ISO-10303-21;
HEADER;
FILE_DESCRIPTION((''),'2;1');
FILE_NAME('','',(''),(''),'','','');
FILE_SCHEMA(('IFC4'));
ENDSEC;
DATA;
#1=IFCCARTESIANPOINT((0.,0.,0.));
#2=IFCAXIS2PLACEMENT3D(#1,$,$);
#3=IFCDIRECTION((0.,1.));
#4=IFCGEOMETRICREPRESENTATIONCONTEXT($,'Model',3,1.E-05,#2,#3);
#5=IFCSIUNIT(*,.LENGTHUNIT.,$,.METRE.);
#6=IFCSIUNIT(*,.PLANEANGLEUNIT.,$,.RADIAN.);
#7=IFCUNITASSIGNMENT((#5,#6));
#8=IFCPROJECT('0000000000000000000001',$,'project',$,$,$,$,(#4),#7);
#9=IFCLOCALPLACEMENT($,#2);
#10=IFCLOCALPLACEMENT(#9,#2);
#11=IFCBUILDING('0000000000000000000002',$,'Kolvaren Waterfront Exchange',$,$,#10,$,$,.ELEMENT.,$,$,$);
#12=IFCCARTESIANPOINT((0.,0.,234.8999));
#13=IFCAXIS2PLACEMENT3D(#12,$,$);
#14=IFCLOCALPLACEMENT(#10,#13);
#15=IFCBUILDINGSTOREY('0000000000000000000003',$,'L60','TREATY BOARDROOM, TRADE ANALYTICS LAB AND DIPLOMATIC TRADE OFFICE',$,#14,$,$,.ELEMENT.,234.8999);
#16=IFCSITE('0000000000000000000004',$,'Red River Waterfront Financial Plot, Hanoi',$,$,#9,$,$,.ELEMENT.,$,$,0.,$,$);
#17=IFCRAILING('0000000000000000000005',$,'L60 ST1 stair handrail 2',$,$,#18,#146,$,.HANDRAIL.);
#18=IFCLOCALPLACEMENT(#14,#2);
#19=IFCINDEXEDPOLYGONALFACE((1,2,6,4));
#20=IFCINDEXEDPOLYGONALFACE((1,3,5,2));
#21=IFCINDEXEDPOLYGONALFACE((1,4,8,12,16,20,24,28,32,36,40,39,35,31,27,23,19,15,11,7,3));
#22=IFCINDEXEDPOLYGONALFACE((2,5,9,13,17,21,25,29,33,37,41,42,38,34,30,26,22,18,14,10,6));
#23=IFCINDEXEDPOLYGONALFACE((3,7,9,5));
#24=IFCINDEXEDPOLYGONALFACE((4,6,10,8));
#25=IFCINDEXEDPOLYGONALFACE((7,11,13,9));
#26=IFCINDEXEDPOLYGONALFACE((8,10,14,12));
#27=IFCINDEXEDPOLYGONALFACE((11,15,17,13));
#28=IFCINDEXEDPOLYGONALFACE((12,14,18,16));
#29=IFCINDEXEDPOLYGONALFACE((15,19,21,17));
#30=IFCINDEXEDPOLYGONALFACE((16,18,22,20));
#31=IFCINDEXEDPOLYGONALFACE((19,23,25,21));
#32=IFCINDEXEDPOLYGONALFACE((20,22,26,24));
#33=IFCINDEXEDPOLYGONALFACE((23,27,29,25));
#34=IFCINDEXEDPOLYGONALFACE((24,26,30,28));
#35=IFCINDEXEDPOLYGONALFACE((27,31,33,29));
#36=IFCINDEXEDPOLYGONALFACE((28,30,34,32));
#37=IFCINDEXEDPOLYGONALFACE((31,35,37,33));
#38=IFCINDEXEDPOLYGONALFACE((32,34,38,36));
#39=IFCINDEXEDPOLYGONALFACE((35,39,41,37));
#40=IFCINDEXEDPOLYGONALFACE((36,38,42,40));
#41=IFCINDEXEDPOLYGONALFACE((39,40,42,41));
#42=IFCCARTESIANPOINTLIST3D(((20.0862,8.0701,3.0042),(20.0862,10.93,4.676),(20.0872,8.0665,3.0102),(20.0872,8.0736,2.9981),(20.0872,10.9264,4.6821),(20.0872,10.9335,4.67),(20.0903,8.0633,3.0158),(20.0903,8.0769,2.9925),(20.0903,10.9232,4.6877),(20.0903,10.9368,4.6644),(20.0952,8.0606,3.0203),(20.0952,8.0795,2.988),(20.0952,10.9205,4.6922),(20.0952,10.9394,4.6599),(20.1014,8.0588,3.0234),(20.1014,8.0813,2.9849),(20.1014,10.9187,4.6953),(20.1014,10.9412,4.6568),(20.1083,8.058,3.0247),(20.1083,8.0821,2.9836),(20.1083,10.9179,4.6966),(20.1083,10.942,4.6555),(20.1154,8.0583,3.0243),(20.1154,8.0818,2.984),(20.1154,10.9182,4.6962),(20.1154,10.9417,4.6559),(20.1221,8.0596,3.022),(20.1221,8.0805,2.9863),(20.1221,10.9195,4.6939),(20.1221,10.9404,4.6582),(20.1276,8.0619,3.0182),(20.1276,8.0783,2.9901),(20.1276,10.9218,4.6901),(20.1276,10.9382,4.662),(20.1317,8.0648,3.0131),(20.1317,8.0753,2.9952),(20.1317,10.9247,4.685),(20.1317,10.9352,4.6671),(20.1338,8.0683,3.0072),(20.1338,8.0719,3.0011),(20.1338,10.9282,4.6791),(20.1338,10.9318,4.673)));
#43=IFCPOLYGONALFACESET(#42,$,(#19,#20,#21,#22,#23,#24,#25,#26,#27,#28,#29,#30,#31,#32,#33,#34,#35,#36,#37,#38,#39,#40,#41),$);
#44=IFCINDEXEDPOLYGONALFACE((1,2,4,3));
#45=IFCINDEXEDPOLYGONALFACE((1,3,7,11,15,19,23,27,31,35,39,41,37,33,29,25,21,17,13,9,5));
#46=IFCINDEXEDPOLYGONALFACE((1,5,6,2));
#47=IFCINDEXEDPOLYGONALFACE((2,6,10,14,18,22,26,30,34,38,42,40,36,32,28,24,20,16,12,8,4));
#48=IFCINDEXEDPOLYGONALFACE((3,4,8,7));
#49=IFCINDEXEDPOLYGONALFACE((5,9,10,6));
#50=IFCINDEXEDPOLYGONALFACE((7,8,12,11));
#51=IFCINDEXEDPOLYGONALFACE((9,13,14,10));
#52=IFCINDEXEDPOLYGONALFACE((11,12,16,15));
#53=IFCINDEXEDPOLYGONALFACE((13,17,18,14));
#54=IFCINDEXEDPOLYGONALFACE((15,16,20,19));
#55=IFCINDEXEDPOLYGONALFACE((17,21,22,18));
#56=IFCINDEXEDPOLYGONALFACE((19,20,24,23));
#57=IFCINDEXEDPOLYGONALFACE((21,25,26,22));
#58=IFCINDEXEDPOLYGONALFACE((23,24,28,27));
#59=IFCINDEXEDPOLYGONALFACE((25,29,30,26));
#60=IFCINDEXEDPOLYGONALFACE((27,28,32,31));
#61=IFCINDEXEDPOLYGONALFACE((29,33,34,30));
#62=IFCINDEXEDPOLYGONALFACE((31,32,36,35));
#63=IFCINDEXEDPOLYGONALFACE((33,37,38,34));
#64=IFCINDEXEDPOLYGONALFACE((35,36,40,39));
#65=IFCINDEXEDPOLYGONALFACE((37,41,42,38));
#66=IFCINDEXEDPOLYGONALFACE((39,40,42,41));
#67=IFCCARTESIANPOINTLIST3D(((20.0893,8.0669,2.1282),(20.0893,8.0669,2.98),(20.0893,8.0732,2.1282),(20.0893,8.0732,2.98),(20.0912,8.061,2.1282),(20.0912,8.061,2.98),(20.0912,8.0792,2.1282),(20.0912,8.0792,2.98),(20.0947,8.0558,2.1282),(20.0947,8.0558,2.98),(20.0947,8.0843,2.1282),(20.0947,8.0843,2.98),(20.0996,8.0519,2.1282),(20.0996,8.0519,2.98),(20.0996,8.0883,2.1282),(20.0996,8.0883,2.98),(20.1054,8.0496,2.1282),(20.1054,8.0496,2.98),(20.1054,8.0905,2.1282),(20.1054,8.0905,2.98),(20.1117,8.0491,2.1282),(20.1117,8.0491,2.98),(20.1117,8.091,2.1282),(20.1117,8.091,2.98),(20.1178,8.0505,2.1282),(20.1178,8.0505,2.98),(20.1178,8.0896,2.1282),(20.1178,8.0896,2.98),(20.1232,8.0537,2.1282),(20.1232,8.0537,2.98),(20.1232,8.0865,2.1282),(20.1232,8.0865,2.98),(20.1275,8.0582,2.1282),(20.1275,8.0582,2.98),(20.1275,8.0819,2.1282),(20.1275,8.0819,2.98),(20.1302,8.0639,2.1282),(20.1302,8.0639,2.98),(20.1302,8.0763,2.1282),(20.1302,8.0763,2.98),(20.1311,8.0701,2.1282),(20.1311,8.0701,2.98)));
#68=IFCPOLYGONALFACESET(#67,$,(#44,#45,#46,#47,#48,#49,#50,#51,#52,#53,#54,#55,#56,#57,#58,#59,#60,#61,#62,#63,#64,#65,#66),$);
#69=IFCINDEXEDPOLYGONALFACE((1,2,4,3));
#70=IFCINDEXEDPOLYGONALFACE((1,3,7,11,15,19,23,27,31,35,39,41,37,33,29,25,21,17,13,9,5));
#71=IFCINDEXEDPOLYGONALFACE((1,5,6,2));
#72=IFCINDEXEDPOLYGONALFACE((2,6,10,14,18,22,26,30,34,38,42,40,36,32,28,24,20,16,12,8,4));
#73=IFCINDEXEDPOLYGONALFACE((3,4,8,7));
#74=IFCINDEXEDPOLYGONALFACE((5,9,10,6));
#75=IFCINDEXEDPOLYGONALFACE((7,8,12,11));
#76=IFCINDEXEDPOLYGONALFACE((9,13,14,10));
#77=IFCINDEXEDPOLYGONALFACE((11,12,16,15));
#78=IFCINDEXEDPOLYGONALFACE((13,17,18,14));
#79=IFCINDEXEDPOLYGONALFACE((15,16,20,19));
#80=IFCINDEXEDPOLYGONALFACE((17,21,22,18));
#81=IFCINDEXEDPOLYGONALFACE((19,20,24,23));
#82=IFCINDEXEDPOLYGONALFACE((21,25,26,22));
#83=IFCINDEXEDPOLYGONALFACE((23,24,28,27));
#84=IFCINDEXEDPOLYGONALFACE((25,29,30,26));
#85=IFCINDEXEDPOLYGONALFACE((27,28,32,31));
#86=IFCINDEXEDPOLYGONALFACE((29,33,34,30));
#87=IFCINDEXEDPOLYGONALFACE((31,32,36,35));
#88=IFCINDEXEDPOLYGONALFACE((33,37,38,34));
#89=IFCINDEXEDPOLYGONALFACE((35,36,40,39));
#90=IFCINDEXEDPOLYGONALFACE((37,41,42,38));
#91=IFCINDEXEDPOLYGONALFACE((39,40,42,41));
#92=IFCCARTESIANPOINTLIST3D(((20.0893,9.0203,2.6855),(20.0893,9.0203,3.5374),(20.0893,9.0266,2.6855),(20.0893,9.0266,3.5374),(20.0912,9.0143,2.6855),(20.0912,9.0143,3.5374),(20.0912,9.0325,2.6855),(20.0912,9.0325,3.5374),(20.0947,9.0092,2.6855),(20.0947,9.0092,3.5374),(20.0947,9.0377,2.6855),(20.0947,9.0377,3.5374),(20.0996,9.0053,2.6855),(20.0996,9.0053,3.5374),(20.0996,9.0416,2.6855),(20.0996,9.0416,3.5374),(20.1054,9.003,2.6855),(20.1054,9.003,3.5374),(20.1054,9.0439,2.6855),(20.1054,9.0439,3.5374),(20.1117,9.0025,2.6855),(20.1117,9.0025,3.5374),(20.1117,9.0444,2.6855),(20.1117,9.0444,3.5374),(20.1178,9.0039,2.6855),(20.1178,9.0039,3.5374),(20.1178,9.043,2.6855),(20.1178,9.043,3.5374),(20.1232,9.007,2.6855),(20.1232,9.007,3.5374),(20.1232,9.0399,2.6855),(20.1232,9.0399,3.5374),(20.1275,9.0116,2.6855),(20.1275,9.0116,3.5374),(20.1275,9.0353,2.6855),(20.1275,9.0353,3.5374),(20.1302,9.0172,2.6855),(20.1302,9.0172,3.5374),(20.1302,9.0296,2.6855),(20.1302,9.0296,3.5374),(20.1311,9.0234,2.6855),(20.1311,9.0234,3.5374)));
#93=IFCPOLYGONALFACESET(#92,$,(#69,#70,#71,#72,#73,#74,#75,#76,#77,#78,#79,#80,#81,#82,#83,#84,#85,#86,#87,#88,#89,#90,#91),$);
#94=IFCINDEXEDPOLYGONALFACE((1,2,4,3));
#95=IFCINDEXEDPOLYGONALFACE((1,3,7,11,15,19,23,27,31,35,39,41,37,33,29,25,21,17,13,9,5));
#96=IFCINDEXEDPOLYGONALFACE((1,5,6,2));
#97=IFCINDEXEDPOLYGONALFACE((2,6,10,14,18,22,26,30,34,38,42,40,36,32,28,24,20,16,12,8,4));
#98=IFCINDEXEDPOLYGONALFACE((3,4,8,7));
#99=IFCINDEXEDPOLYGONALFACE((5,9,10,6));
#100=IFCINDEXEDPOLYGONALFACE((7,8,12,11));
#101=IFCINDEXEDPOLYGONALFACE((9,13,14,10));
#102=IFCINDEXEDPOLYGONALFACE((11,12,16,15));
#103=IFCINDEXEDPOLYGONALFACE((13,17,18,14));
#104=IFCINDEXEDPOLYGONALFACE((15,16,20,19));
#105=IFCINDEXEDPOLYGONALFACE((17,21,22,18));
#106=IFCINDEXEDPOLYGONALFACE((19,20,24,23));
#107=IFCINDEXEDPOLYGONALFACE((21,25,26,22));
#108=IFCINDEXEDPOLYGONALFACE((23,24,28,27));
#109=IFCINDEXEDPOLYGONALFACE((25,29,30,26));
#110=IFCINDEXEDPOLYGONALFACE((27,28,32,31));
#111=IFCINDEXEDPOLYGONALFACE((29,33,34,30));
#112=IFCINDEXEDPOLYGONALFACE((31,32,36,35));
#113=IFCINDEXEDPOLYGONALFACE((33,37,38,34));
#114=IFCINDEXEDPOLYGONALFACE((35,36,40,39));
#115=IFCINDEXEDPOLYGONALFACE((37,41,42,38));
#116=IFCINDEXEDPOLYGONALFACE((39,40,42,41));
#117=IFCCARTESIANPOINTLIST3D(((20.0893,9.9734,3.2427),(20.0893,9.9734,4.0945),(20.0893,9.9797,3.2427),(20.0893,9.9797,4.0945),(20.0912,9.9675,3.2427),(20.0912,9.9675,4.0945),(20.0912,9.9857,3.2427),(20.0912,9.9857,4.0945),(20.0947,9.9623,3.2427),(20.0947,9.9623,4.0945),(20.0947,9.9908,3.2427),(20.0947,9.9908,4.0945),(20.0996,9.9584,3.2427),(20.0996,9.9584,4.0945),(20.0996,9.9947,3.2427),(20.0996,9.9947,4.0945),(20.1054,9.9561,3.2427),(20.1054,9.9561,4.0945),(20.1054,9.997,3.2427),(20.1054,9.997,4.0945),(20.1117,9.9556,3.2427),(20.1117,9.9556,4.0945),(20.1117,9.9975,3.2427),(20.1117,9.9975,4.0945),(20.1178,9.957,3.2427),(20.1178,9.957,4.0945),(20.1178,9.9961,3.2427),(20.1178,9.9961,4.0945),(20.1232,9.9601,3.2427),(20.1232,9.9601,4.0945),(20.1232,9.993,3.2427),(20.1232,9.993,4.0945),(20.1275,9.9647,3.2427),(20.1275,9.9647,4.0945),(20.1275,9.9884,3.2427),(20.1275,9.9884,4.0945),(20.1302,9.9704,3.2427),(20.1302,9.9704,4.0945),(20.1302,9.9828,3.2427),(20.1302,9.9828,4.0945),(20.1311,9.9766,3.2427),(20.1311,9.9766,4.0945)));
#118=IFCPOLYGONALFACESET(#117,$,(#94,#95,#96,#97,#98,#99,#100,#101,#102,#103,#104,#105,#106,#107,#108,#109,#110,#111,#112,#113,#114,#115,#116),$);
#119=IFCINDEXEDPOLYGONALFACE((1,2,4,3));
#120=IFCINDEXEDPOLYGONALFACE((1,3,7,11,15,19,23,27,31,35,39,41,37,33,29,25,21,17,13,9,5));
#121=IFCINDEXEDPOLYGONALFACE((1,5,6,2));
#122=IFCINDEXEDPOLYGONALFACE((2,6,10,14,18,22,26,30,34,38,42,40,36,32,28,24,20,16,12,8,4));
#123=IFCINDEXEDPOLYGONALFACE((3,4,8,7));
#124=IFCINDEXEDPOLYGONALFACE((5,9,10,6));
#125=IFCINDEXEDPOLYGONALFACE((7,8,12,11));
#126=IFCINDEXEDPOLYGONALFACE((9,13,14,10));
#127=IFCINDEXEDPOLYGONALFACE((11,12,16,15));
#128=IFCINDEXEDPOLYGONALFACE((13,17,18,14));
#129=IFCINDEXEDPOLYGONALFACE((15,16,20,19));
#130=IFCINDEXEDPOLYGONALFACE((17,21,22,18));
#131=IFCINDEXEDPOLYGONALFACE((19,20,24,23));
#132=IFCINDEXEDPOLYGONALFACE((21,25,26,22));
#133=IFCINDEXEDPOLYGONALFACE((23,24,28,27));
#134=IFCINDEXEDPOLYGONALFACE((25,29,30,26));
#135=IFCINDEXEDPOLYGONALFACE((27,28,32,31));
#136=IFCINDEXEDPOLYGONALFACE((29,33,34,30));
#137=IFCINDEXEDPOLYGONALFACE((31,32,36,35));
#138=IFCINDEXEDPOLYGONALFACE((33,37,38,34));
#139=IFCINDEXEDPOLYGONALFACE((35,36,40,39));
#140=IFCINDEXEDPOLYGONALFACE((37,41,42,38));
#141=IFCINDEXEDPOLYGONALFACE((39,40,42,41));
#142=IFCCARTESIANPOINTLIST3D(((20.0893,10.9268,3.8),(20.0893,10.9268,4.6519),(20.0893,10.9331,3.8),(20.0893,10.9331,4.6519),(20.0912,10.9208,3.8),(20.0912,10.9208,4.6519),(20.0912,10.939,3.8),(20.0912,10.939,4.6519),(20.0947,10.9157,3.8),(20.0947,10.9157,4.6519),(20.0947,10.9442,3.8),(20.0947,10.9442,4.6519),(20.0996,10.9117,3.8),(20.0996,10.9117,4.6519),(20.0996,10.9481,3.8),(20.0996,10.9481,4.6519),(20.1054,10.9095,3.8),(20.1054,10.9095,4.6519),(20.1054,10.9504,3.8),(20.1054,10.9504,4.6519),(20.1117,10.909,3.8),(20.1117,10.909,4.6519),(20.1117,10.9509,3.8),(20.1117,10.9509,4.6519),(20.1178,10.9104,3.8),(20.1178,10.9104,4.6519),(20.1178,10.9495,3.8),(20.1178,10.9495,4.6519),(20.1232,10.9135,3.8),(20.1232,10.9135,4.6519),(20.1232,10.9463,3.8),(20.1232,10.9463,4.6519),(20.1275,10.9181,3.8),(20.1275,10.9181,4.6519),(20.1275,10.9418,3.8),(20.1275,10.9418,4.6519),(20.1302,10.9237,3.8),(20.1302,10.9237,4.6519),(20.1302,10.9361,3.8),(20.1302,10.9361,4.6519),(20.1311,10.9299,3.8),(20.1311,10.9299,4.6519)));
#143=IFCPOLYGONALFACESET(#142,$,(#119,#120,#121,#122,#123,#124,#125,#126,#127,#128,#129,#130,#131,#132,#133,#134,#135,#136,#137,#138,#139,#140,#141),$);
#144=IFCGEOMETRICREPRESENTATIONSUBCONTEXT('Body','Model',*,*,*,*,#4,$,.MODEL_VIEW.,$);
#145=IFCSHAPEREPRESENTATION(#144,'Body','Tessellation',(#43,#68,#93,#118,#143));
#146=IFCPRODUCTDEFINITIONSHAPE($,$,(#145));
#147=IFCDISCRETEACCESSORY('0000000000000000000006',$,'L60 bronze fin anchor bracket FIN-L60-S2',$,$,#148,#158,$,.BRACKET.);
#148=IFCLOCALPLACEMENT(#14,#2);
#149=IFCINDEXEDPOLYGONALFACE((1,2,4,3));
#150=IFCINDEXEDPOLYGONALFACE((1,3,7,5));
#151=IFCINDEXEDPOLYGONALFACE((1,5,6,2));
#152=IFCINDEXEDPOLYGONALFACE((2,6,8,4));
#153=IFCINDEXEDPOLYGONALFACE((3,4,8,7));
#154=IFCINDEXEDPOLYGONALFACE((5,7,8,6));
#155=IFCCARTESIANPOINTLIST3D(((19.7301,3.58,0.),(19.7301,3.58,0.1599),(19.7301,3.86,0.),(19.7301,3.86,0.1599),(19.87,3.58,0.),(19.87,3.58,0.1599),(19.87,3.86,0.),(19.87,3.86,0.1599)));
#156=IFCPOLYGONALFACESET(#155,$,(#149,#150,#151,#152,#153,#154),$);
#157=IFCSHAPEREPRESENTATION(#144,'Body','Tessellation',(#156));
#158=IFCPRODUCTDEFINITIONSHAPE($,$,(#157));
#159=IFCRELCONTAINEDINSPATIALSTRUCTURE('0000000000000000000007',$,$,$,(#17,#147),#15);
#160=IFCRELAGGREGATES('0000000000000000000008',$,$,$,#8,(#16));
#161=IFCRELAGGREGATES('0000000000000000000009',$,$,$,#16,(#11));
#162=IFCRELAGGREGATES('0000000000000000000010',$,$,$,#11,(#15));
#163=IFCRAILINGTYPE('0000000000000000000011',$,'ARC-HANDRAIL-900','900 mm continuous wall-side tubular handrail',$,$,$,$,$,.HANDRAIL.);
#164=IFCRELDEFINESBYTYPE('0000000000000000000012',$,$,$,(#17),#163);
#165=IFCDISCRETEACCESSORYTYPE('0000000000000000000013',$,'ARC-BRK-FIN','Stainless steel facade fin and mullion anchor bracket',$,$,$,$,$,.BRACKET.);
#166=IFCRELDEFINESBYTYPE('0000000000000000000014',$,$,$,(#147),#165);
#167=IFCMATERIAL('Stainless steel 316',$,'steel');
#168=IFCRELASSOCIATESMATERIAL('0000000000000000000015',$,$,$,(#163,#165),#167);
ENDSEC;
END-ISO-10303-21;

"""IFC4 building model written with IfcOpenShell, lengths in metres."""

from ifc_helpers import new_model, si_unit, direction, frame, origin, origin_with_axes, origin_2d, place, context, subcontext, project, spatial, rectangle, circle, extrude, source, transform, mapped, material, type_object, element, save


model = new_model("IFC4")

# Units and contexts
model_context = context("Model", 3, precision=1e-05, world=origin(), true_north=direction((0.0, 1.0)))
body_context = subcontext(model_context, "Body", "Model", "MODEL_VIEW")
ifc_project = project(units=[si_unit("LENGTHUNIT", "METRE"), si_unit("PLANEANGLEUNIT", "RADIAN")], contexts=[model_context])

# Site, building, storey
site_placement = place(None, origin())
site = spatial("IfcSite", under=ifc_project, at=site_placement, Name="Red River Waterfront Financial Plot, Hanoi", CompositionType="ELEMENT", RefElevation=0.0)
building_placement = place(site_placement, origin())
building = spatial("IfcBuilding", under=site, at=building_placement, Name="Kolvaren Waterfront Exchange", CompositionType="ELEMENT")
storey_placement = place(building_placement, frame((0.0, 0.0, 234.8999)))
storey = spatial("IfcBuildingStorey", under=building, at=storey_placement, Name="L60", Description="TREATY BOARDROOM, TRADE ANALYTICS LAB AND DIPLOMATIC TRADE OFFICE", CompositionType="ELEMENT", Elevation=234.8999)

# Railing
ifc_material_1 = material(Name="Stainless steel 316", Category="steel")
railing_type_1 = type_object("IfcRailingType", Name="ARC-HANDRAIL-900", Description="900 mm continuous wall-side tubular handrail", PredefinedType="HANDRAIL", material=ifc_material_1)
railing_1_placement = place(storey_placement, frame((20.1101, 8.0701, 2.1282)))
element("IfcRailing", 1, at=railing_1_placement, inside=storey, type_object=railing_type_1, Name="L60 ST1 stair handrail 2", PredefinedType="HANDRAIL", context=body_context, shape_type="SweptSolid", body=[
    extrude(circle(Radius=0.0239, at=origin_2d()), frame((0.0, 0.0, 0.876), z_axis=(0.0, 0.863303, 0.504686), x_axis=(-1.0, 0.0, 0.0)), (0.0, 0.0, 1.0), 3.3127),
    extrude(circle(Radius=0.021, at=origin_2d()), origin(), (0.0, 0.0, 1.0), 0.8518),
    extrude(circle(Radius=0.021, at=origin_2d()), frame((0.0, 0.9534, 0.5574)), (0.0, 0.0, 1.0), 0.8518),
    extrude(circle(Radius=0.021, at=origin_2d()), frame((0.0, 1.9065, 1.1145)), (0.0, 0.0, 1.0), 0.8518),
    extrude(circle(Radius=0.021, at=origin_2d()), frame((0.0, 2.8599, 1.6719)), (0.0, 0.0, 1.0), 0.8518),
])

# Discrete accessory
discrete_accessory_type = type_object("IfcDiscreteAccessoryType", Name="ARC-BRK-FIN", Description="Stainless steel facade fin and mullion anchor bracket", PredefinedType="BRACKET", material=ifc_material_1)
shared_shape_1 = source(origin_with_axes(), body_context, "Body", "SweptSolid", [
    extrude(rectangle(XDim=0.28, YDim=0.1399, at=origin_2d()), origin(), (0.0, 0.0, 1.0), 0.1599),
])
discrete_accessory_placement = place(storey_placement, frame((19.8, 3.72, 0.0), z_axis=(0.0, 0.0, 1.0), x_axis=(0.0, -1.0, 0.0)))
element("IfcDiscreteAccessory", 2, at=discrete_accessory_placement, inside=storey, type_object=discrete_accessory_type, Name="L60 bronze fin anchor bracket FIN-L60-S2", PredefinedType="BRACKET", context=body_context, shape_type="MappedRepresentation", body=[
    mapped(shared_shape_1, transform((0.0, 0.0, 0.0), x_axis=(1.0, 0.0, 0.0), y_axis=(0.0, 1.0, 0.0), z_axis=(0.0, 0.0, 1.0), scale=1.0)),
])

save(model, "model.ifc")
